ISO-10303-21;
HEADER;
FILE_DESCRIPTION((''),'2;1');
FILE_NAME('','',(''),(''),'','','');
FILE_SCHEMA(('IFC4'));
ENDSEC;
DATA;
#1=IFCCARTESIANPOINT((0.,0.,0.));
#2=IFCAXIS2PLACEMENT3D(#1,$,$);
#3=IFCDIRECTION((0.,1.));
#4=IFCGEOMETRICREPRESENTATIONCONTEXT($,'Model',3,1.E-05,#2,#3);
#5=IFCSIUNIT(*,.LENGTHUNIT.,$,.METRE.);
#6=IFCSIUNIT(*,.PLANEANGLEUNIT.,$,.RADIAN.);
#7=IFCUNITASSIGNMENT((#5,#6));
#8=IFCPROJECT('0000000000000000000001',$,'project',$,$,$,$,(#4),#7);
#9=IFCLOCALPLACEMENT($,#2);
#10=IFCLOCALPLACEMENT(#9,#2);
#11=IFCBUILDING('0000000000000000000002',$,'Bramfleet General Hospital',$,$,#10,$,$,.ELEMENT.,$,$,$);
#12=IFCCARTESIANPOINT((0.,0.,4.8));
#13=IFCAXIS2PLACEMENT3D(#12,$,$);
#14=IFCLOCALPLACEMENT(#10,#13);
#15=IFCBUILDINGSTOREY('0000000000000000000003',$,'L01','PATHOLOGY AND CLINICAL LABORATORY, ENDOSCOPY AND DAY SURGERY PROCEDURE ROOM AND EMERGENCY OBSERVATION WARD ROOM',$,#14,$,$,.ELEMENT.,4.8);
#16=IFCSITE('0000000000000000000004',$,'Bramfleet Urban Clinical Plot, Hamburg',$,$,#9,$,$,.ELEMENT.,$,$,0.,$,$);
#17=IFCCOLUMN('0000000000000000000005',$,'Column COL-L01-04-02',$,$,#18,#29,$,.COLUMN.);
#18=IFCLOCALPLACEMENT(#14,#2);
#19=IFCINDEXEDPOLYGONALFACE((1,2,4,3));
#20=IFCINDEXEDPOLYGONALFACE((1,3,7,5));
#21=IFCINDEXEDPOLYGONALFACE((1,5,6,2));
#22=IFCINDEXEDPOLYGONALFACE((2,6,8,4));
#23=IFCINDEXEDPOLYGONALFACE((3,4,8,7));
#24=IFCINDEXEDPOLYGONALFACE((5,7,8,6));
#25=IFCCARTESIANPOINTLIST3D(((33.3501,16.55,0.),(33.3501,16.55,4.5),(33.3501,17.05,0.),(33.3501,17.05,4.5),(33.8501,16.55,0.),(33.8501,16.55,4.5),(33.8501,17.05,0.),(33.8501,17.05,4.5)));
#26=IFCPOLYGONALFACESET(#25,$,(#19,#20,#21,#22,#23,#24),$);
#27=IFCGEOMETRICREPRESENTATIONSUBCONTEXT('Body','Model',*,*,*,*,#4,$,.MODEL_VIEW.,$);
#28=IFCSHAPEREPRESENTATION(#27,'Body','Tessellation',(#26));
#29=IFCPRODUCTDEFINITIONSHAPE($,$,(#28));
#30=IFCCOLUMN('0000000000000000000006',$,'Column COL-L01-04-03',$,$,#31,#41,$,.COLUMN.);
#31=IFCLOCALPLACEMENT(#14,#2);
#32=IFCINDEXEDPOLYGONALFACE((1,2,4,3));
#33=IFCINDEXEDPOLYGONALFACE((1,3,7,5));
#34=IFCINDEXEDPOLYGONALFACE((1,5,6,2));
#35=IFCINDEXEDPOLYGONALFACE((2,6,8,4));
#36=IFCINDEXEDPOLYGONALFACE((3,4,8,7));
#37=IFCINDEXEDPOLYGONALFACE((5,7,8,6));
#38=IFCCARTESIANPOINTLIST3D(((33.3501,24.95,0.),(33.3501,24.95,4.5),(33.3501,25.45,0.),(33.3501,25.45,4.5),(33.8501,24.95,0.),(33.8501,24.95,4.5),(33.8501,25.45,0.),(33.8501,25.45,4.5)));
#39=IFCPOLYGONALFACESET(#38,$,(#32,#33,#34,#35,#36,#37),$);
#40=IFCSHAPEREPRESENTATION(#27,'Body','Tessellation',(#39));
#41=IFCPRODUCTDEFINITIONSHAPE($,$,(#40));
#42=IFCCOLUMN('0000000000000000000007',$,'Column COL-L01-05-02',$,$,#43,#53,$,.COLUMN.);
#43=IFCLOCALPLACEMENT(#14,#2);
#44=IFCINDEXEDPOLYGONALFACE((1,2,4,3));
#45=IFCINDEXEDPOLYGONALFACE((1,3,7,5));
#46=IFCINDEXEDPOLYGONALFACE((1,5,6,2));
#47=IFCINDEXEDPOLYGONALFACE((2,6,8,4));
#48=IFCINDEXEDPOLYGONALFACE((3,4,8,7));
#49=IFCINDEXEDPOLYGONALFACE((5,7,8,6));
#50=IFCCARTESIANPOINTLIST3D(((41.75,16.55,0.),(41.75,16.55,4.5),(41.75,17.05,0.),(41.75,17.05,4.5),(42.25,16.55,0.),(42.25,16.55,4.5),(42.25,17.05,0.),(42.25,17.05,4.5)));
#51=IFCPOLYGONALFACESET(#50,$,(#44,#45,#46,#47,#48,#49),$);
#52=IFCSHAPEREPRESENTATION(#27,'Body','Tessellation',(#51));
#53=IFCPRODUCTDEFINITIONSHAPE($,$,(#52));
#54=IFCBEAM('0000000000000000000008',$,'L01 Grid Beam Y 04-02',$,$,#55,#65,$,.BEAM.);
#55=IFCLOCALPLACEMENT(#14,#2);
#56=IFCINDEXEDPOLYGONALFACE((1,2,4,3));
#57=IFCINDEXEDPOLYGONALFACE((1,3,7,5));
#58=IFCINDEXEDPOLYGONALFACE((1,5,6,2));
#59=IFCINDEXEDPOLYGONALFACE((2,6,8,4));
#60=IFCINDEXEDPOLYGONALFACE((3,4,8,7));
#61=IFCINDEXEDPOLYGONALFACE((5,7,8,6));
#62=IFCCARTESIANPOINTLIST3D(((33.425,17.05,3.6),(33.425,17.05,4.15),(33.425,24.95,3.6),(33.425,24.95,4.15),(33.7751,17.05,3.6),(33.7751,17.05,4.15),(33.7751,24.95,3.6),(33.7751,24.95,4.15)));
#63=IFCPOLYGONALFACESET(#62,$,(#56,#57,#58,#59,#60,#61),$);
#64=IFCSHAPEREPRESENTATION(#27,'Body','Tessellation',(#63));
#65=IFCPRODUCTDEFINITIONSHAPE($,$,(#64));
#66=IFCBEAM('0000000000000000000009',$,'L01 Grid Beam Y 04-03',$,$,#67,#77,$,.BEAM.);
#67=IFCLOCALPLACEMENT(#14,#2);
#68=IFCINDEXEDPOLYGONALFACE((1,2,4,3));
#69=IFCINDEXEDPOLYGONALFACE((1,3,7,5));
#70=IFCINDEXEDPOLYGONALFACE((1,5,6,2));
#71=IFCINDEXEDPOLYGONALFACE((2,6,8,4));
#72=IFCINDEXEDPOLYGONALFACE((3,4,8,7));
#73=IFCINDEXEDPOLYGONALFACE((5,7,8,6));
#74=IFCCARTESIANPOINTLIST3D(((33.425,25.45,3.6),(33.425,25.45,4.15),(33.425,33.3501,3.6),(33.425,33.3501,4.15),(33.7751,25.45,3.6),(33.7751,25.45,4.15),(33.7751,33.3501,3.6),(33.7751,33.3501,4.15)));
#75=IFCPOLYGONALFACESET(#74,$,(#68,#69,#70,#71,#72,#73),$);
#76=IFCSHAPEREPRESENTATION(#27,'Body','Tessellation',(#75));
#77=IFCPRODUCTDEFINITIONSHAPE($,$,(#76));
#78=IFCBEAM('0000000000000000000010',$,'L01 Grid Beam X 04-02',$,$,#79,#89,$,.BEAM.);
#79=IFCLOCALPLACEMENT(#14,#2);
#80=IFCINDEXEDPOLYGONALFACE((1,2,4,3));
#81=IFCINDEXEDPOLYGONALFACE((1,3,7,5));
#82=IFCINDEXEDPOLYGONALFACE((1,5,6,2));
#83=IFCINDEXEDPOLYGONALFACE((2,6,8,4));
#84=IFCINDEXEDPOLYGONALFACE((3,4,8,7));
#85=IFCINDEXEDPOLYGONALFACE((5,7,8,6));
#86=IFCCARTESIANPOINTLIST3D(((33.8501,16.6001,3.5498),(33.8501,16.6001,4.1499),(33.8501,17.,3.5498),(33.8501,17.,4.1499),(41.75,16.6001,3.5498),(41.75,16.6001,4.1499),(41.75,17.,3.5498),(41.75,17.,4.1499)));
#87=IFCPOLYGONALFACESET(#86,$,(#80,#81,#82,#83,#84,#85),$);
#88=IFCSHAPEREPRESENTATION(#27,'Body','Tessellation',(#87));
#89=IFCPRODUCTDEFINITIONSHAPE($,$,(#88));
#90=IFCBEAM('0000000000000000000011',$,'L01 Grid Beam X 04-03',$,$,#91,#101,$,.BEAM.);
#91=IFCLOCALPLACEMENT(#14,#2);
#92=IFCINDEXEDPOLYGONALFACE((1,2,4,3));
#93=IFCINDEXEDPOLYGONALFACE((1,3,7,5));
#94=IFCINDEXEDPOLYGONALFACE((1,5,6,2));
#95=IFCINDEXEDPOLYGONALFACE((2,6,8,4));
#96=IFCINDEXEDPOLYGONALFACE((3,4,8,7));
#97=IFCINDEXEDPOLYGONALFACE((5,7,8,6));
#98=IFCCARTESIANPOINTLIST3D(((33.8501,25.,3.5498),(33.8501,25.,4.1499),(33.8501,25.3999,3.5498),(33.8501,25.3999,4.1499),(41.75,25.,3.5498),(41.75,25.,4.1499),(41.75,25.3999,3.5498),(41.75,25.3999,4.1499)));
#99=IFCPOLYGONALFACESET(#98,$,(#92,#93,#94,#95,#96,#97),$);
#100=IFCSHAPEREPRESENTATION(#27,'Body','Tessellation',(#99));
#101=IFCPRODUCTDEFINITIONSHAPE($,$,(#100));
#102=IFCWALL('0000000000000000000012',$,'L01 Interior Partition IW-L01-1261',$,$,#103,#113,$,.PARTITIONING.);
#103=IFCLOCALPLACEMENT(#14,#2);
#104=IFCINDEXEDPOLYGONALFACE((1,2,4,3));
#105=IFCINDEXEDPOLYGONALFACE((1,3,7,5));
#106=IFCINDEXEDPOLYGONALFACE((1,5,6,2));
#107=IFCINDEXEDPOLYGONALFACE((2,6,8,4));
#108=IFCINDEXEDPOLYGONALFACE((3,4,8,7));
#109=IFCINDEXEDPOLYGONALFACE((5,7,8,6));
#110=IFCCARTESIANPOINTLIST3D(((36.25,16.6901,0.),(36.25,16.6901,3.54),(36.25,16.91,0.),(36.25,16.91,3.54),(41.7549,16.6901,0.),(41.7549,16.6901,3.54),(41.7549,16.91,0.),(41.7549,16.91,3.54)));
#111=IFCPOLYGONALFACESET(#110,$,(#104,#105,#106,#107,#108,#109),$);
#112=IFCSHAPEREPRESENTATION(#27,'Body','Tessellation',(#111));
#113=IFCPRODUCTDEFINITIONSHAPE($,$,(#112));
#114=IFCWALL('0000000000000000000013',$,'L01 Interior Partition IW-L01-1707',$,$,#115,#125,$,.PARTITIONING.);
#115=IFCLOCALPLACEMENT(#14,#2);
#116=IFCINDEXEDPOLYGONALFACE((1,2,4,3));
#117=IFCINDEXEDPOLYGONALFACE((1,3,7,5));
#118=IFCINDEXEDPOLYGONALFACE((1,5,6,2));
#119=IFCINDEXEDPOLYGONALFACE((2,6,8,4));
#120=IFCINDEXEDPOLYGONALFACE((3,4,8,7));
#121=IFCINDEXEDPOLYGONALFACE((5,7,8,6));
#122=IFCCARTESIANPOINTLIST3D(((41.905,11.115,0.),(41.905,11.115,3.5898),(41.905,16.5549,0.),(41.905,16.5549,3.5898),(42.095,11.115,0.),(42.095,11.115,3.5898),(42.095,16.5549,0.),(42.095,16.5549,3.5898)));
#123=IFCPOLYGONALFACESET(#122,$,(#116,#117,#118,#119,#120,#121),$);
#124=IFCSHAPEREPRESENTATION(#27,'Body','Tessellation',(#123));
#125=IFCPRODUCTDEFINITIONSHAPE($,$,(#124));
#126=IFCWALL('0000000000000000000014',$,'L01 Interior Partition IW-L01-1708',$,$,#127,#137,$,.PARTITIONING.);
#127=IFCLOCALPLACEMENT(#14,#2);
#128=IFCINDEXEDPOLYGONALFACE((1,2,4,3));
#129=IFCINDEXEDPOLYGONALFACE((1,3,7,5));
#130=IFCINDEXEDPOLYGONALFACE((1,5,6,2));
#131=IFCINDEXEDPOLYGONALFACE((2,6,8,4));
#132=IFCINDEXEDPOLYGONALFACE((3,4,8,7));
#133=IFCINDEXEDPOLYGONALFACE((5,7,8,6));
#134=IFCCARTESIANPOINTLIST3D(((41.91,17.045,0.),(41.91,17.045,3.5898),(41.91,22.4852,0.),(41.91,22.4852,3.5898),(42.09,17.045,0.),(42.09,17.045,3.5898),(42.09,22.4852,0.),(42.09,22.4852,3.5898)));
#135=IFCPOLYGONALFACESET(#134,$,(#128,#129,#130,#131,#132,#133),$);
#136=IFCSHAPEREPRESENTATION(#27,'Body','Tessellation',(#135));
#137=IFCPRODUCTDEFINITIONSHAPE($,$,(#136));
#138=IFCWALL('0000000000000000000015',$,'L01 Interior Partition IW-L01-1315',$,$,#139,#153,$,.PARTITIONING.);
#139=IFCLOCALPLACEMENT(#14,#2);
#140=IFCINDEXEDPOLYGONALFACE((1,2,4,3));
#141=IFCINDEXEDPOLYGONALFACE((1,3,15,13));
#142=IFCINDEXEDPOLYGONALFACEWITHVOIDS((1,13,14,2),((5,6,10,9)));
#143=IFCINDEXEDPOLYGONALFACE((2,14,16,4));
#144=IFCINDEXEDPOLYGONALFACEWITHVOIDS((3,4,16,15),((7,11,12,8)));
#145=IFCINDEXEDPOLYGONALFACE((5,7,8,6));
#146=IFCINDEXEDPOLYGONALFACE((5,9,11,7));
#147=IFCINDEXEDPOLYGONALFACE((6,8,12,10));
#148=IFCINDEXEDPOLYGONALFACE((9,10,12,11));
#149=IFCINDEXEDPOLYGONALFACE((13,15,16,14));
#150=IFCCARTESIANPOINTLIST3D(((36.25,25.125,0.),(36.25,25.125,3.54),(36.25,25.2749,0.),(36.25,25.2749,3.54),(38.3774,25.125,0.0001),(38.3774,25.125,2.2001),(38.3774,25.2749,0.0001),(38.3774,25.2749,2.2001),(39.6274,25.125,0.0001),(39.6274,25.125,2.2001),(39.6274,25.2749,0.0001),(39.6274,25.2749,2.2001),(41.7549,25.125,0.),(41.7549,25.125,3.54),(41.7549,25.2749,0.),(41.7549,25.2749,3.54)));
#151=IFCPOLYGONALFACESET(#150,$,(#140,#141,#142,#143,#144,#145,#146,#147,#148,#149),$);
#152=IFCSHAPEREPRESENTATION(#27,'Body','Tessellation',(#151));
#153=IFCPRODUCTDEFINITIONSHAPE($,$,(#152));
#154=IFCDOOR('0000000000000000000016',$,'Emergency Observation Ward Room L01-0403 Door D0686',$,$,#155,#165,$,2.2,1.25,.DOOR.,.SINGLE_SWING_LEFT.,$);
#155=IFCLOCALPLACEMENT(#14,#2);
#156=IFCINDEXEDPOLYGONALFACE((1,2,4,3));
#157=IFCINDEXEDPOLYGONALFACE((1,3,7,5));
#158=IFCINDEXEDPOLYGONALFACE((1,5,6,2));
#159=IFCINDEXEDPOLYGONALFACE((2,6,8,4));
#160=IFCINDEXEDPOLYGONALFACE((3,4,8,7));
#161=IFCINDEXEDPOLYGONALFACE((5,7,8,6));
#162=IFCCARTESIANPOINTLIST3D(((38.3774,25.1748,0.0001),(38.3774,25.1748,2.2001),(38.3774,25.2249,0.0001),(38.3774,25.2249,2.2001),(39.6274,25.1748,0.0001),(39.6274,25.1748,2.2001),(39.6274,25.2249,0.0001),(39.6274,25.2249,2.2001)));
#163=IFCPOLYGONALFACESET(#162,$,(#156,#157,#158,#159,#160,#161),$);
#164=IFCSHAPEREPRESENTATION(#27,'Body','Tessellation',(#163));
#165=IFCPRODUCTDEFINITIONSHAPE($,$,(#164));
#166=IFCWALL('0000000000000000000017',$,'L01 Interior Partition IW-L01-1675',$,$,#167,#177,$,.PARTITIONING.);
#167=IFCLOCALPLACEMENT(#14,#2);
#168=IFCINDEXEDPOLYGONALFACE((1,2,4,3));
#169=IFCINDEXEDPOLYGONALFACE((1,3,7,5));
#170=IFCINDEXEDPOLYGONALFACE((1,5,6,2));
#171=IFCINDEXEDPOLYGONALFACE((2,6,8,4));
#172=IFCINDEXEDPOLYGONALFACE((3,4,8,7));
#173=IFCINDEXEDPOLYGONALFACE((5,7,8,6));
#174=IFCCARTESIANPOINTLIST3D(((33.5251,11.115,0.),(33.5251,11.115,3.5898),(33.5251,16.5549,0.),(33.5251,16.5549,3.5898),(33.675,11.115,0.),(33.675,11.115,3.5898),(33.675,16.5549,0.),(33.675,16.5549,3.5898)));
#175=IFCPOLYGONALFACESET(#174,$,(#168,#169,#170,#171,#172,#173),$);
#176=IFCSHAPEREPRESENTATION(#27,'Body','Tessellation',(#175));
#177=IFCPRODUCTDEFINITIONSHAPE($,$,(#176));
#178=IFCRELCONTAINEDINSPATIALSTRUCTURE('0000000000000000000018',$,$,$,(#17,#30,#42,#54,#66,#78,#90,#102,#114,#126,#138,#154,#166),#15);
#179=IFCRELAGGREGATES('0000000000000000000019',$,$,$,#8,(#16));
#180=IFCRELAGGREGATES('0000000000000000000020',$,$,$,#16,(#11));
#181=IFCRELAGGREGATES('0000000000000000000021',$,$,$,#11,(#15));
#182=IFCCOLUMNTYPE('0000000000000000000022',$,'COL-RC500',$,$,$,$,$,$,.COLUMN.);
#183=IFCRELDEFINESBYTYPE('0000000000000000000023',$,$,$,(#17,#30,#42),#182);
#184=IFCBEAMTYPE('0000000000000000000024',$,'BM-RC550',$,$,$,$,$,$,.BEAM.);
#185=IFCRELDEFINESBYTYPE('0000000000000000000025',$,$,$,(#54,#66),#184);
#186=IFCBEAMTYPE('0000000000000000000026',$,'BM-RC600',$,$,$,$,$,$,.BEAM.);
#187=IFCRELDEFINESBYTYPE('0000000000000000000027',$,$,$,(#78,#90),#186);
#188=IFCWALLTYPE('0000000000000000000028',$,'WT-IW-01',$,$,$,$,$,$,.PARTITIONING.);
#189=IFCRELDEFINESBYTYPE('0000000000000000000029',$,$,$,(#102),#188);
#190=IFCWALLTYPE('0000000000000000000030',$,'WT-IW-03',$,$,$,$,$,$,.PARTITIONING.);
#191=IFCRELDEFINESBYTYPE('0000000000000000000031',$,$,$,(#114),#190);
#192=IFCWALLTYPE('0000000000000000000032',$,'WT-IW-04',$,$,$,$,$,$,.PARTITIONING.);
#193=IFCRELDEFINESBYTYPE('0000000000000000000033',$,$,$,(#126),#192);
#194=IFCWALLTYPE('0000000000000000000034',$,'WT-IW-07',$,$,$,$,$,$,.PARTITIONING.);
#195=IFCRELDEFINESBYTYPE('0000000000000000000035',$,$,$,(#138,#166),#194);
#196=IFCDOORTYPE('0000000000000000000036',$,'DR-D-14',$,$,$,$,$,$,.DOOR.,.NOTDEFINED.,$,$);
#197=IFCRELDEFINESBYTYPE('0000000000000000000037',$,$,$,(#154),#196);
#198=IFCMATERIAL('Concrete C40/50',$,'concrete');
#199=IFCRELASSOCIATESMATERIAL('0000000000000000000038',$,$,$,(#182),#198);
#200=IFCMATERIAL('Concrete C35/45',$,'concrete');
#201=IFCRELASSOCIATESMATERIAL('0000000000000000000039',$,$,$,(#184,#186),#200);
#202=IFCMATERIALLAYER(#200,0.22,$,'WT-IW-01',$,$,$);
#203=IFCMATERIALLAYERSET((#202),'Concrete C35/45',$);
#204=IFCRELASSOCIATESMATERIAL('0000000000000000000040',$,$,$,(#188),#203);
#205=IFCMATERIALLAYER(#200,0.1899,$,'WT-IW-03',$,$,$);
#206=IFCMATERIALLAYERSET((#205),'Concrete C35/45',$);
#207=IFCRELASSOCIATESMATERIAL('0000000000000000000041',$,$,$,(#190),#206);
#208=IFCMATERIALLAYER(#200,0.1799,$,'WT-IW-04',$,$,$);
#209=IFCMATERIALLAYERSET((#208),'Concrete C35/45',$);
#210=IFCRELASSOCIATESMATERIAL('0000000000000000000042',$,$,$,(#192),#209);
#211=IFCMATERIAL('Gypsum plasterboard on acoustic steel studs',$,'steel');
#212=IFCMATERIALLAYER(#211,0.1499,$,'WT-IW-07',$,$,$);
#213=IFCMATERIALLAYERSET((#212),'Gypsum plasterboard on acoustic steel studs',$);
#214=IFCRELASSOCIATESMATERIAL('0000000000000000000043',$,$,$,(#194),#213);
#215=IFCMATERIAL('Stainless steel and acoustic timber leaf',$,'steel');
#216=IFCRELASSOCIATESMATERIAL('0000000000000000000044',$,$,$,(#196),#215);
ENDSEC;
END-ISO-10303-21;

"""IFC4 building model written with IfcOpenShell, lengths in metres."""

from ifc_helpers import new_model, si_unit, direction, frame, frame_2d, origin, origin_2d, place, context, subcontext, project, spatial, rectangle, extrude, material, layer, layer_set, material_profile, profile_set, type_object, element, fill, save


model = new_model("IFC4")

# Units and contexts
model_context = context("Model", 3, precision=1e-05, world=origin(), true_north=direction((0.0, 1.0)))
body_context = subcontext(model_context, "Body", "Model", "MODEL_VIEW")
ifc_project = project(units=[si_unit("LENGTHUNIT", "METRE"), si_unit("PLANEANGLEUNIT", "RADIAN")], contexts=[model_context])

# Site, building, storey
site_placement = place(None, origin())
site = spatial("IfcSite", under=ifc_project, at=site_placement, Name="Bramfleet Urban Clinical Plot, Hamburg", CompositionType="ELEMENT", RefElevation=0.0)
building_placement = place(site_placement, origin())
building = spatial("IfcBuilding", under=site, at=building_placement, Name="Bramfleet General Hospital", CompositionType="ELEMENT")
storey_placement = place(building_placement, frame((0.0, 0.0, 4.8)))
storey = spatial("IfcBuildingStorey", under=building, at=storey_placement, Name="L01", Description="PATHOLOGY AND CLINICAL LABORATORY, ENDOSCOPY AND DAY SURGERY PROCEDURE ROOM AND EMERGENCY OBSERVATION WARD ROOM", CompositionType="ELEMENT", Elevation=4.8)

# Columns
ifc_material_1 = material(Name="Concrete C40/50", Category="concrete")
ifc_material_profile_1 = material_profile(ifc_material_1, rectangle(XDim=0.5, YDim=0.5, at=origin_2d()), Name="RC COL 500x500")
ifc_profile_set_1 = profile_set([ifc_material_profile_1], Name="Concrete C40/50")
column_type = type_object("IfcColumnType", Name="COL-RC500", PredefinedType="COLUMN", material=ifc_profile_set_1)
for number, where, z_axis, x_axis, name in (
    (1, (33.6001, 16.8, 0.0), (0.0, 0.0, 1.0), (1.0, 0.0, 0.0), "Column COL-L01-04-02"),
    (2, (33.6001, 25.2, 0.0), (0.0, 0.0, 1.0), (1.0, 0.0, 0.0), "Column COL-L01-04-03"),
    (3, (42.0, 16.8, 0.0), (0.0, 0.0, 1.0), (1.0, 0.0, 0.0), "Column COL-L01-05-02"),
):
    element("IfcColumn", number, at=place(storey_placement, frame(where, z_axis=z_axis, x_axis=x_axis)), inside=storey, type_object=column_type, Name=name, PredefinedType="COLUMN", context=body_context, shape_type="SweptSolid", body=[
        extrude(rectangle(XDim=0.5, YDim=0.5, at=origin_2d()), origin(), (0.0, 0.0, 1.0), 4.5),
    ])

# Beams
ifc_material_2 = material(Name="Concrete C35/45", Category="concrete")
ifc_material_profile_2 = material_profile(ifc_material_2, rectangle(XDim=0.3501, YDim=0.55, at=origin_2d()), Name="RC BM 550x350")
ifc_profile_set_2 = profile_set([ifc_material_profile_2], Name="Concrete C35/45")
beam_type_1 = type_object("IfcBeamType", Name="BM-RC550", PredefinedType="BEAM", material=ifc_profile_set_2)
beam_1_placement = place(storey_placement, frame((33.6001, 17.05, 3.875), z_axis=(0.0, 1.0, 0.0), x_axis=(-1.0, 0.0, 0.0)))
element("IfcBeam", 4, at=beam_1_placement, inside=storey, type_object=beam_type_1, Name="L01 Grid Beam Y 04-02", PredefinedType="BEAM", context=body_context, shape_type="SweptSolid", body=[
    extrude(rectangle(XDim=0.3501, YDim=0.55, at=origin_2d()), origin(), (0.0, 0.0, 1.0), 7.8999),
])
beam_2_placement = place(storey_placement, frame((33.6001, 25.45, 3.875), z_axis=(0.0, 1.0, 0.0), x_axis=(-1.0, 0.0, 0.0)))
element("IfcBeam", 5, at=beam_2_placement, inside=storey, type_object=beam_type_1, Name="L01 Grid Beam Y 04-03", PredefinedType="BEAM", context=body_context, shape_type="SweptSolid", body=[
    extrude(rectangle(XDim=0.3501, YDim=0.55, at=origin_2d()), origin(), (0.0, 0.0, 1.0), 7.9001),
])
ifc_material_profile_3 = material_profile(ifc_material_2, rectangle(XDim=0.3999, YDim=0.6001, at=origin_2d()), Name="RC BM 600x400")
ifc_profile_set_3 = profile_set([ifc_material_profile_3], Name="Concrete C35/45")
beam_type_2 = type_object("IfcBeamType", Name="BM-RC600", PredefinedType="BEAM", material=ifc_profile_set_3)
for number, where, z_axis, x_axis, name in (
    (6, (33.8501, 16.8, 3.8499), (1.0, 0.0, 0.0), (0.0, 1.0, 0.0), "L01 Grid Beam X 04-02"),
    (7, (33.8501, 25.2, 3.8499), (1.0, 0.0, 0.0), (0.0, 1.0, 0.0), "L01 Grid Beam X 04-03"),
):
    element("IfcBeam", number, at=place(storey_placement, frame(where, z_axis=z_axis, x_axis=x_axis)), inside=storey, type_object=beam_type_2, Name=name, PredefinedType="BEAM", context=body_context, shape_type="SweptSolid", body=[
        extrude(rectangle(XDim=0.3999, YDim=0.6001, at=origin_2d()), origin(), (0.0, 0.0, 1.0), 7.8999),
    ])

# Walls
ifc_layer_1 = layer(ifc_material_2, 0.22, Name="WT-IW-01")
ifc_layer_set_1 = layer_set([ifc_layer_1], Name="Concrete C35/45")
wall_type_1 = type_object("IfcWallType", Name="WT-IW-01", PredefinedType="PARTITIONING", material=ifc_layer_set_1)
wall_1_placement = place(storey_placement, frame((36.25, 16.8, 0.0), z_axis=(0.0, 0.0, 1.0), x_axis=(1.0, 0.0, 0.0)))
element("IfcWall", 8, at=wall_1_placement, inside=storey, type_object=wall_type_1, Name="L01 Interior Partition IW-L01-1261", PredefinedType="PARTITIONING", context=body_context, shape_type="SweptSolid", body=[
    extrude(rectangle(XDim=5.5049, YDim=0.22, at=frame_2d((2.7524, 0.0))), origin(), (0.0, 0.0, 1.0), 3.54),
])
ifc_layer_2 = layer(ifc_material_2, 0.1899, Name="WT-IW-03")
ifc_layer_set_2 = layer_set([ifc_layer_2], Name="Concrete C35/45")
wall_type_2 = type_object("IfcWallType", Name="WT-IW-03", PredefinedType="PARTITIONING", material=ifc_layer_set_2)
wall_2_placement = place(storey_placement, frame((42.0, 11.115, 0.0), z_axis=(0.0, 0.0, 1.0), x_axis=(0.0, 1.0, 0.0)))
element("IfcWall", 9, at=wall_2_placement, inside=storey, type_object=wall_type_2, Name="L01 Interior Partition IW-L01-1707", PredefinedType="PARTITIONING", context=body_context, shape_type="SweptSolid", body=[
    extrude(rectangle(XDim=5.4399, YDim=0.1899, at=frame_2d((2.72, 0.0))), origin(), (0.0, 0.0, 1.0), 3.5898),
])
ifc_layer_3 = layer(ifc_material_2, 0.1799, Name="WT-IW-04")
ifc_layer_set_3 = layer_set([ifc_layer_3], Name="Concrete C35/45")
wall_type_3 = type_object("IfcWallType", Name="WT-IW-04", PredefinedType="PARTITIONING", material=ifc_layer_set_3)
wall_3_placement = place(storey_placement, frame((42.0, 17.0449, 0.0), z_axis=(0.0, 0.0, 1.0), x_axis=(0.0, 1.0, 0.0)))
element("IfcWall", 10, at=wall_3_placement, inside=storey, type_object=wall_type_3, Name="L01 Interior Partition IW-L01-1708", PredefinedType="PARTITIONING", context=body_context, shape_type="SweptSolid", body=[
    extrude(rectangle(XDim=5.4402, YDim=0.1799, at=frame_2d((2.7202, 0.0))), origin(), (0.0, 0.0, 1.0), 3.5898),
])

# Wall, opening, door
ifc_material_3 = material(Name="Gypsum plasterboard on acoustic steel studs", Category="steel")
ifc_layer_4 = layer(ifc_material_3, 0.1499, Name="WT-IW-07")
ifc_layer_set_4 = layer_set([ifc_layer_4], Name="Gypsum plasterboard on acoustic steel studs")
wall_type_4 = type_object("IfcWallType", Name="WT-IW-07", PredefinedType="PARTITIONING", material=ifc_layer_set_4)
wall_4_placement = place(storey_placement, frame((36.25, 25.2, 0.0), z_axis=(0.0, 0.0, 1.0), x_axis=(1.0, 0.0, 0.0)))
wall_4 = element("IfcWall", 11, at=wall_4_placement, inside=storey, type_object=wall_type_4, Name="L01 Interior Partition IW-L01-1315", PredefinedType="PARTITIONING", context=body_context, shape_type="SweptSolid", body=[
    extrude(rectangle(XDim=5.5049, YDim=0.1499, at=frame_2d((2.7524, 0.0))), origin(), (0.0, 0.0, 1.0), 3.54),
])
opening_1_placement = place(wall_4_placement, frame((2.1274, 0.0, 0.0)))
opening_1 = element("IfcOpeningElement", 12, at=opening_1_placement, cuts=wall_4, PredefinedType="OPENING", context=body_context, shape_type="SweptSolid", body=[
    extrude(rectangle(XDim=1.25, YDim=2.2, at=frame_2d((0.625, 1.1001))), frame((0.0, 0.085, 0.0), z_axis=(0.0, -1.0, 0.0), x_axis=(1.0, 0.0, 0.0)), (0.0, 0.0, 1.0), 0.1699),
])
ifc_material_4 = material(Name="Stainless steel and acoustic timber leaf", Category="steel")
door_type_1 = type_object("IfcDoorType", Name="DR-D-14", OperationType="NOTDEFINED", PredefinedType="DOOR", material=ifc_material_4)
door_1_placement = place(opening_1_placement, origin())
door_1 = element("IfcDoor", 13, at=door_1_placement, inside=storey, type_object=door_type_1, Name="Emergency Observation Ward Room L01-0403 Door D0686", OperationType="SINGLE_SWING_LEFT", OverallHeight=2.2, OverallWidth=1.25, PredefinedType="DOOR", context=body_context, shape_type="SweptSolid", body=[
    extrude(rectangle(XDim=1.25, YDim=2.2, at=frame_2d((0.625, 1.1001))), frame((0.0, 0.0249, 0.0), z_axis=(0.0, -1.0, 0.0), x_axis=(1.0, 0.0, 0.0)), (0.0, 0.0, 1.0), 0.05),
])
fill(opening_1, door_1)

# Wall
wall_5_placement = place(storey_placement, frame((33.6001, 11.115, 0.0), z_axis=(0.0, 0.0, 1.0), x_axis=(0.0, 1.0, 0.0)))
element("IfcWall", 14, at=wall_5_placement, inside=storey, type_object=wall_type_4, Name="L01 Interior Partition IW-L01-1675", PredefinedType="PARTITIONING", context=body_context, shape_type="SweptSolid", body=[
    extrude(rectangle(XDim=5.4399, YDim=0.1499, at=frame_2d((2.72, 0.0))), origin(), (0.0, 0.0, 1.0), 3.5898),
])

save(model, "model.ifc")
